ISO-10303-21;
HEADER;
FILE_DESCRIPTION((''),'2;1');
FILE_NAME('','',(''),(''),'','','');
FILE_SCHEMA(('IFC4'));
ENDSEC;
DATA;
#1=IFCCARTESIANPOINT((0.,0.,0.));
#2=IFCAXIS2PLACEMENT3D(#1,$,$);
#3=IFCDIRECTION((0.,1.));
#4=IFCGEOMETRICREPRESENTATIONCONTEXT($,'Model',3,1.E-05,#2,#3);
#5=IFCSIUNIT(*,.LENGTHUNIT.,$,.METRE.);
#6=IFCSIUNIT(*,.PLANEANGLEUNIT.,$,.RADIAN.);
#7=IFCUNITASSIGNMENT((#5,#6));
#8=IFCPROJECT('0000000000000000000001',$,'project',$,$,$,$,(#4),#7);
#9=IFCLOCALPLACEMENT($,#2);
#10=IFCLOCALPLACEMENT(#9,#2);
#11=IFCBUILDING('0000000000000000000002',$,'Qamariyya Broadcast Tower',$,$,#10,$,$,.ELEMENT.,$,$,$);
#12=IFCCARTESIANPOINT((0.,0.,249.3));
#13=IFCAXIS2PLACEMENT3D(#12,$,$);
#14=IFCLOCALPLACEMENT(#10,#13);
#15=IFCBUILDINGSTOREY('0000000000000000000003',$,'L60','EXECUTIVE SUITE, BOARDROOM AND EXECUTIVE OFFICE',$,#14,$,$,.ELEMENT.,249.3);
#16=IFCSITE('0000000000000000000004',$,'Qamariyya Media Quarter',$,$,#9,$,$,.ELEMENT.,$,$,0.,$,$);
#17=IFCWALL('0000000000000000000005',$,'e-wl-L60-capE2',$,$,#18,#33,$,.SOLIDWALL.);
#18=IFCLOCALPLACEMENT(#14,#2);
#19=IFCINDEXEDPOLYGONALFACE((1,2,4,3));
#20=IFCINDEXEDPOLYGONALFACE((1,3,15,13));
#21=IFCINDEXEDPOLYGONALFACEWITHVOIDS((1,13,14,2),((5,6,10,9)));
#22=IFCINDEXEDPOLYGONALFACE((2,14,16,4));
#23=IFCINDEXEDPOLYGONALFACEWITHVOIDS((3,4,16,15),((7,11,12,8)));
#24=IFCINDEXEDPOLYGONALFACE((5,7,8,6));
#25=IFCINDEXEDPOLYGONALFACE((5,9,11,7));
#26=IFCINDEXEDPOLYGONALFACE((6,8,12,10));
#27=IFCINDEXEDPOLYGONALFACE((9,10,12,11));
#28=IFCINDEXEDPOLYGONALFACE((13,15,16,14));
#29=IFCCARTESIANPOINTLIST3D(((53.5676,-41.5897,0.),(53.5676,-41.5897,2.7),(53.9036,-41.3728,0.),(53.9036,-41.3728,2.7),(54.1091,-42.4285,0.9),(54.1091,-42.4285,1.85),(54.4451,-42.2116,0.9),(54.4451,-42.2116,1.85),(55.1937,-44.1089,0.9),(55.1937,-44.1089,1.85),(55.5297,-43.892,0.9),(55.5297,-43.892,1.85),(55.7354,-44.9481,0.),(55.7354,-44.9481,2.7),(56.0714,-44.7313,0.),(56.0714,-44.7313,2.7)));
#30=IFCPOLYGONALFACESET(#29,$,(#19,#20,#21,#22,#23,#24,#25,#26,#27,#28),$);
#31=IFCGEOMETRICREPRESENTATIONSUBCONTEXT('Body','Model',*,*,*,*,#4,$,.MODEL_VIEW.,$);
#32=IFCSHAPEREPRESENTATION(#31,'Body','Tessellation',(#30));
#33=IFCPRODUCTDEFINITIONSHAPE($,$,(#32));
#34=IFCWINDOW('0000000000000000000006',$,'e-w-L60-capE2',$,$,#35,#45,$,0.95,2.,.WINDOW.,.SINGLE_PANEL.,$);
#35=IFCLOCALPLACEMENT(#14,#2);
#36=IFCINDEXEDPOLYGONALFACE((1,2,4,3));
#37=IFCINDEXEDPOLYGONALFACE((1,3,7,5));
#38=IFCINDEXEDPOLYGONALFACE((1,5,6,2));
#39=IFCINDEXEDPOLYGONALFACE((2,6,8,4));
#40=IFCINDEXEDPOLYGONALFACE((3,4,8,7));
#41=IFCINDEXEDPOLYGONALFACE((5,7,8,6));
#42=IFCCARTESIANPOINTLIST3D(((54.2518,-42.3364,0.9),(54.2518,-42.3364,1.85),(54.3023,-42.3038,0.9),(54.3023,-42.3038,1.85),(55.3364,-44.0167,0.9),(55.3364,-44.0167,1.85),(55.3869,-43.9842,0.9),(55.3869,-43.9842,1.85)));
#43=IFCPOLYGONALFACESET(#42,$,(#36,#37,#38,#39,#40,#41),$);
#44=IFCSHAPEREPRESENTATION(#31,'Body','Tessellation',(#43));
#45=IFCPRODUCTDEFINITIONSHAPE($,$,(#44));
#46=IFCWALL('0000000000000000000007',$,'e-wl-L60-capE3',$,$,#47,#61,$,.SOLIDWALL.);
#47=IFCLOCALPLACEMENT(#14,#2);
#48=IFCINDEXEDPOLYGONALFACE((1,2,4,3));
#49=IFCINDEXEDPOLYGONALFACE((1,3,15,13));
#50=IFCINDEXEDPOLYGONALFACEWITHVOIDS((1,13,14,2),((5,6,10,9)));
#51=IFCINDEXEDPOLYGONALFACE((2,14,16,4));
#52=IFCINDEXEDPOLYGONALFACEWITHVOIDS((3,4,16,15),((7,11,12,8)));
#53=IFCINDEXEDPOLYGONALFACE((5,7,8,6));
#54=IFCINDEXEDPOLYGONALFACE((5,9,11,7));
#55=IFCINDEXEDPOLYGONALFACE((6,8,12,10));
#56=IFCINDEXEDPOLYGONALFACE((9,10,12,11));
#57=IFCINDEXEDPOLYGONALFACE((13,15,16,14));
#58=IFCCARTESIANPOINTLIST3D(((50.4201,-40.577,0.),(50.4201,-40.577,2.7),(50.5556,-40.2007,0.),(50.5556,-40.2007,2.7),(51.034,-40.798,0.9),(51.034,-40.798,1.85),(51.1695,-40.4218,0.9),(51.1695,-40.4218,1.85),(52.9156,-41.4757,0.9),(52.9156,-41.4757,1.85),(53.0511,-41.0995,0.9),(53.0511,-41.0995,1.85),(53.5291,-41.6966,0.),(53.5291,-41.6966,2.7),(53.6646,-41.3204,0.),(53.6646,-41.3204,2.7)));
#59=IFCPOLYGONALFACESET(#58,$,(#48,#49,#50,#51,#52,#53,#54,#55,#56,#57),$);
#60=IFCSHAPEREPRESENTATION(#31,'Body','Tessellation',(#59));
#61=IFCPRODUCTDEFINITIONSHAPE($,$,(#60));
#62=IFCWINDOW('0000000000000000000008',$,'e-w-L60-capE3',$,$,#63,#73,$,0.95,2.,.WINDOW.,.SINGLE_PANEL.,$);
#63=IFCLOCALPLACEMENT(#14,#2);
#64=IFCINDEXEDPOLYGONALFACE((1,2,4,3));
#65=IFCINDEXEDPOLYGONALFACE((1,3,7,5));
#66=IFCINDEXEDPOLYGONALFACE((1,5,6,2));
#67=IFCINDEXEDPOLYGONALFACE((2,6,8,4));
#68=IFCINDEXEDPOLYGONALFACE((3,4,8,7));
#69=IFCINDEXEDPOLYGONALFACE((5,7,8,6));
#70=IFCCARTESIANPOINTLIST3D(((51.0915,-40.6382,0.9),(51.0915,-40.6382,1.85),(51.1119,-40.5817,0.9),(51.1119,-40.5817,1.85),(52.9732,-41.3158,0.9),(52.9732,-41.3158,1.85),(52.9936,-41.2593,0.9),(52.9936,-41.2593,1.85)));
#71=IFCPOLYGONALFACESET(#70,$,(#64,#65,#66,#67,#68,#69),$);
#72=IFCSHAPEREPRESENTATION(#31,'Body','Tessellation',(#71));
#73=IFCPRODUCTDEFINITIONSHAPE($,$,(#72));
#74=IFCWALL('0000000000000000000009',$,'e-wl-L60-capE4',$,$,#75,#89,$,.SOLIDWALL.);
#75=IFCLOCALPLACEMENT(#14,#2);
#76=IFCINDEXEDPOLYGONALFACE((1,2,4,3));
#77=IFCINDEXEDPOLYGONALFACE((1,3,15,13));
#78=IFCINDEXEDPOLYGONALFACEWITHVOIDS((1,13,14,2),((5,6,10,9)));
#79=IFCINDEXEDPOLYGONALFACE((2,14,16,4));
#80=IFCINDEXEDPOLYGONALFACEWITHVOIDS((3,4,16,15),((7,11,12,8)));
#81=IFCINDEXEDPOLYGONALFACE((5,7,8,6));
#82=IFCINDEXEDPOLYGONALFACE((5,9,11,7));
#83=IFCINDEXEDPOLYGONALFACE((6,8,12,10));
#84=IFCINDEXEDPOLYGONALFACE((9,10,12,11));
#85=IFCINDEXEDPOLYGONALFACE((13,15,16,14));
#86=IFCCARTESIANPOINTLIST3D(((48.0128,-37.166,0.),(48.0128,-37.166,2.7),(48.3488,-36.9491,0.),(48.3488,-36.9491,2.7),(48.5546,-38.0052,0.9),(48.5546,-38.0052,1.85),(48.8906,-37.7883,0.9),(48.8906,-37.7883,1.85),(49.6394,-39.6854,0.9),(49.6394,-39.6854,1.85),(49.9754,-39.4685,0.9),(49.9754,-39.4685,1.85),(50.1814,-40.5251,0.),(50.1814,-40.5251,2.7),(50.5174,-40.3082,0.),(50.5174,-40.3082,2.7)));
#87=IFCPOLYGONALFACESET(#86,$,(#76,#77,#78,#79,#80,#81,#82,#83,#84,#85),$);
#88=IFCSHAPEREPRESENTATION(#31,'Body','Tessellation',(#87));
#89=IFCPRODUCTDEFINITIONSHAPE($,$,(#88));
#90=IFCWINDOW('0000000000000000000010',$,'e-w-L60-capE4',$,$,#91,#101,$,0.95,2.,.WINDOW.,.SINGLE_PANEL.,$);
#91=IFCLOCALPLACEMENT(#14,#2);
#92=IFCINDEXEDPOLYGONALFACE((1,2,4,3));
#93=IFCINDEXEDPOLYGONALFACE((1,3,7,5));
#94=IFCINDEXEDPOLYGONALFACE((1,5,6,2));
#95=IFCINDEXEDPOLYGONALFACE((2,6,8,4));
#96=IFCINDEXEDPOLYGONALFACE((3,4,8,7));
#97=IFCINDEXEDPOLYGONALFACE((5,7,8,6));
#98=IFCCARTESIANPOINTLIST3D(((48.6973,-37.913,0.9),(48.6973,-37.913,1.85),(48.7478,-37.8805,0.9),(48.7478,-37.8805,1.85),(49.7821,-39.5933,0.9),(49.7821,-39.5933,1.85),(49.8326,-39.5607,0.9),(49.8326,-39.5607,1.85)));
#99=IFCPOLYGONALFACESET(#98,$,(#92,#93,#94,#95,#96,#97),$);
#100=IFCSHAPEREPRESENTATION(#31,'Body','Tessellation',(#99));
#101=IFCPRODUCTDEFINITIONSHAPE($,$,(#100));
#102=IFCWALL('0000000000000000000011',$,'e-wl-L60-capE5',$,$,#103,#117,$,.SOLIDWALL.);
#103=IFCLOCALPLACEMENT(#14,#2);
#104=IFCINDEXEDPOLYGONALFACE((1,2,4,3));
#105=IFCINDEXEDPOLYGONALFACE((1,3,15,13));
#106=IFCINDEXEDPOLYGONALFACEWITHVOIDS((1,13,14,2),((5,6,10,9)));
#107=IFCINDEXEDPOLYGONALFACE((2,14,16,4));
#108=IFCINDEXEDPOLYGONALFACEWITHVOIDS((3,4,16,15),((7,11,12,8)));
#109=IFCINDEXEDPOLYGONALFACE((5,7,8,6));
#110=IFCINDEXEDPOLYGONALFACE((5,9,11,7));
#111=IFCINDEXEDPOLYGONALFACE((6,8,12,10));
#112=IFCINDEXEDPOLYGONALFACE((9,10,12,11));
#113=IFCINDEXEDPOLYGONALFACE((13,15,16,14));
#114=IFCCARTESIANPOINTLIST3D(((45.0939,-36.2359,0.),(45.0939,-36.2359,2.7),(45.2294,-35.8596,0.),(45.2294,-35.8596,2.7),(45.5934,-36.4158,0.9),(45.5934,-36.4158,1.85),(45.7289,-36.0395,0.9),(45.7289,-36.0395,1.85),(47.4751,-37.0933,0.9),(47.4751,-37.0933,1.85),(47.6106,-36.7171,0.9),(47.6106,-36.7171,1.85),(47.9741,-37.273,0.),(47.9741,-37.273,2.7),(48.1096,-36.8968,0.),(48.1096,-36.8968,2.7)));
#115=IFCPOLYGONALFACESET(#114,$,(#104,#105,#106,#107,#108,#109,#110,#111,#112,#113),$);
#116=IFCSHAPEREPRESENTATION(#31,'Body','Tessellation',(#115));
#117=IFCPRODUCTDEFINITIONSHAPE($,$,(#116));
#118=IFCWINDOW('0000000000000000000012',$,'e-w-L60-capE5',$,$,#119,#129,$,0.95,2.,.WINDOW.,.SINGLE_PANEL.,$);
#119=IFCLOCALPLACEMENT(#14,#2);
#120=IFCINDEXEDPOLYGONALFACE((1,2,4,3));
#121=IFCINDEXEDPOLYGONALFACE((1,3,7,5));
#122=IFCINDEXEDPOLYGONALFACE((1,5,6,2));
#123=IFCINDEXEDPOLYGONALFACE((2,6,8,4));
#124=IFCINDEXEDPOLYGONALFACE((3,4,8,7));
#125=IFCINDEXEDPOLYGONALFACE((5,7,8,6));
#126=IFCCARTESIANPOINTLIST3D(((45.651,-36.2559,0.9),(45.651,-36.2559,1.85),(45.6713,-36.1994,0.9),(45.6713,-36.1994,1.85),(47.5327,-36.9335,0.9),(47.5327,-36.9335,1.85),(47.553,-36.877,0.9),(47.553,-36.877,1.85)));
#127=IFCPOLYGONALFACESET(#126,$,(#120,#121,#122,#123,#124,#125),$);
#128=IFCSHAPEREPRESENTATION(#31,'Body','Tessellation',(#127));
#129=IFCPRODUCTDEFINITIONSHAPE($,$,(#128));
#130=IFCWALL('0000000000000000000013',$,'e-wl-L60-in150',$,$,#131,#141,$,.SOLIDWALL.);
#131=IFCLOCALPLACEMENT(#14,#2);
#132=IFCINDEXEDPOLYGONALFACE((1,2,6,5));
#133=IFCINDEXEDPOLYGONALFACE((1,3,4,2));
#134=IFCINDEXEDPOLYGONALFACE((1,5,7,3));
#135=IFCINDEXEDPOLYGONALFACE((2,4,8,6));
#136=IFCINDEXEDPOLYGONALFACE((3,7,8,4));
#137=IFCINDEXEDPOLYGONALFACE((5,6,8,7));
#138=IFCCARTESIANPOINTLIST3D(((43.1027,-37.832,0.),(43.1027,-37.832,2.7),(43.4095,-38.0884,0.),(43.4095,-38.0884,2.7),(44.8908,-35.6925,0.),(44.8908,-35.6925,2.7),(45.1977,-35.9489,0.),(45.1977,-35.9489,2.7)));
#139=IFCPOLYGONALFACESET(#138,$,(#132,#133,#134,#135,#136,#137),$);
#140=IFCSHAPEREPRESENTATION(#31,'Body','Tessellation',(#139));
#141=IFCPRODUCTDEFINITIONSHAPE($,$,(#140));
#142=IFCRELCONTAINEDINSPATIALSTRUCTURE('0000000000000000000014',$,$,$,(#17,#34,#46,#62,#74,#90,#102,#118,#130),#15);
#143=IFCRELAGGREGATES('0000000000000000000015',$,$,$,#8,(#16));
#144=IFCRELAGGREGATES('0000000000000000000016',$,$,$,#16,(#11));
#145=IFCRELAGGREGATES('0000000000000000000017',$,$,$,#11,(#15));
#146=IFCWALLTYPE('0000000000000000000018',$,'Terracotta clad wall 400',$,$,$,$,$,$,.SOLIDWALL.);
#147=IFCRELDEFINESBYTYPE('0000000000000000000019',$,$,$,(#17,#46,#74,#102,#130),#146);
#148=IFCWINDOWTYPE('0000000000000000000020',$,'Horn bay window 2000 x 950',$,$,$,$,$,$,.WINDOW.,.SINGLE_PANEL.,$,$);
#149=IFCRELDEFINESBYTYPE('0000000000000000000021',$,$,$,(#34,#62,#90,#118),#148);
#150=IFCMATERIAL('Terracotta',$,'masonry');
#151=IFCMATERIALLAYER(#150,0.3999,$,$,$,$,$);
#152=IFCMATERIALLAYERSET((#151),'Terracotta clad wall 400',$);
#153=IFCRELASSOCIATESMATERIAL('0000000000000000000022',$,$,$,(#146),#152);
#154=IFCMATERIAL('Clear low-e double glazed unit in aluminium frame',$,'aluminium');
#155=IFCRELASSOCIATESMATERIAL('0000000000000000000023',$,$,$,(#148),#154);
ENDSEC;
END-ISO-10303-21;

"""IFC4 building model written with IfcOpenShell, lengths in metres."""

from ifc_helpers import new_model, si_unit, direction, frame, frame_2d, origin, place, context, subcontext, project, spatial, rectangle, extrude, material, layer, layer_set, type_object, element, fill, save


model = new_model("IFC4")

# Units and contexts
model_context = context("Model", 3, precision=1e-05, world=origin(), true_north=direction((0.0, 1.0)))
body_context = subcontext(model_context, "Body", "Model", "MODEL_VIEW")
ifc_project = project(units=[si_unit("LENGTHUNIT", "METRE"), si_unit("PLANEANGLEUNIT", "RADIAN")], contexts=[model_context])

# Site, building, storey
site_placement = place(None, origin())
site = spatial("IfcSite", under=ifc_project, at=site_placement, Name="Qamariyya Media Quarter", CompositionType="ELEMENT", RefElevation=0.0)
building_placement = place(site_placement, origin())
building = spatial("IfcBuilding", under=site, at=building_placement, Name="Qamariyya Broadcast Tower", CompositionType="ELEMENT")
storey_placement = place(building_placement, frame((0.0, 0.0, 249.3)))
storey = spatial("IfcBuildingStorey", under=building, at=storey_placement, Name="L60", Description="EXECUTIVE SUITE, BOARDROOM AND EXECUTIVE OFFICE", CompositionType="ELEMENT", Elevation=249.3)

# Walls, openings, windows
ifc_material_1 = material(Name="Terracotta", Category="masonry")
ifc_layer_1 = layer(ifc_material_1, 0.3999)
ifc_layer_set_1 = layer_set([ifc_layer_1], Name="Terracotta clad wall 400")
wall_type_1 = type_object("IfcWallType", Name="Terracotta clad wall 400", PredefinedType="SOLIDWALL", material=ifc_layer_set_1)
ifc_material_2 = material(Name="Clear low-e double glazed unit in aluminium frame", Category="aluminium")
window_type = type_object("IfcWindowType", Name="Horn bay window 2000 x 950", PartitioningType="SINGLE_PANEL", PredefinedType="WINDOW", material=ifc_material_2)
wall_1_placement = place(storey_placement, frame((55.9033, -44.8396, 0.0), z_axis=(0.0, 0.0, 1.0), x_axis=(-0.542306, 0.840181, 0.0)))
wall_1 = element("IfcWall", 1, at=wall_1_placement, inside=storey, type_object=wall_type_1, Name="e-wl-L60-capE2", PredefinedType="SOLIDWALL", context=body_context, shape_type="SweptSolid", body=[
    extrude(rectangle(XDim=3.9973, YDim=0.3999, at=frame_2d((1.9985, 0.0))), origin(), (0.0, 0.0, 1.0), 2.7),
])
opening_1_placement = place(wall_1_placement, frame((0.9988, 0.0, 0.8999)))
opening_1 = element("IfcOpeningElement", 2, at=opening_1_placement, cuts=wall_1, PredefinedType="OPENING", context=body_context, shape_type="SweptSolid", body=[
    extrude(rectangle(XDim=2.0, YDim=0.95, at=frame_2d((1.0, 0.4751))), frame((0.0, 0.21, 0.0), z_axis=(0.0, -1.0, 0.0), x_axis=(1.0, 0.0, 0.0)), (0.0, 0.0, 1.0), 0.4199),
])
window_1_placement = place(opening_1_placement, origin())
window_1 = element("IfcWindow", 3, at=window_1_placement, inside=storey, type_object=window_type, Name="e-w-L60-capE2", OverallHeight=0.95, OverallWidth=2.0, PartitioningType="SINGLE_PANEL", PredefinedType="WINDOW", context=body_context, shape_type="SweptSolid", body=[
    extrude(rectangle(XDim=2.0, YDim=0.95, at=frame_2d((1.0, 0.4751))), frame((0.0, 0.03, 0.0), z_axis=(0.0, -1.0, 0.0), x_axis=(1.0, 0.0, 0.0)), (0.0, 0.0, 1.0), 0.0601),
])
fill(opening_1, window_1)
wall_2_placement = place(storey_placement, frame((53.5969, -41.5085, 0.0), z_axis=(0.0, 0.0, 1.0), x_axis=(-0.940846, 0.338835, 0.0)))
wall_2 = element("IfcWall", 4, at=wall_2_placement, inside=storey, type_object=wall_type_1, Name="e-wl-L60-capE3", PredefinedType="SOLIDWALL", context=body_context, shape_type="SweptSolid", body=[
    extrude(rectangle(XDim=3.3044, YDim=0.3999, at=frame_2d((1.6523, 0.0))), origin(), (0.0, 0.0, 1.0), 2.7),
])
opening_2_placement = place(wall_2_placement, frame((0.6521, 0.0, 0.8999)))
opening_2 = element("IfcOpeningElement", 5, at=opening_2_placement, cuts=wall_2, PredefinedType="OPENING", context=body_context, shape_type="SweptSolid", body=[
    extrude(rectangle(XDim=2.0, YDim=0.95, at=frame_2d((1.0, 0.4751))), frame((0.0, 0.21, 0.0), z_axis=(0.0, -1.0, 0.0), x_axis=(1.0, 0.0, 0.0)), (0.0, 0.0, 1.0), 0.4199),
])
window_2_placement = place(opening_2_placement, origin())
window_2 = element("IfcWindow", 6, at=window_2_placement, inside=storey, type_object=window_type, Name="e-w-L60-capE3", OverallHeight=0.95, OverallWidth=2.0, PartitioningType="SINGLE_PANEL", PredefinedType="WINDOW", context=body_context, shape_type="SweptSolid", body=[
    extrude(rectangle(XDim=2.0, YDim=0.95, at=frame_2d((1.0, 0.4751))), frame((0.0, 0.03, 0.0), z_axis=(0.0, -1.0, 0.0), x_axis=(1.0, 0.0, 0.0)), (0.0, 0.0, 1.0), 0.0601),
])
fill(opening_2, window_2)
wall_3_placement = place(storey_placement, frame((50.3494, -40.4165, 0.0), z_axis=(0.0, 0.0, 1.0), x_axis=(-0.542395, 0.840123, 0.0)))
wall_3 = element("IfcWall", 7, at=wall_3_placement, inside=storey, type_object=wall_type_1, Name="e-wl-L60-capE4", PredefinedType="SOLIDWALL", context=body_context, shape_type="SweptSolid", body=[
    extrude(rectangle(XDim=3.9983, YDim=0.3999, at=frame_2d((1.999, 0.0))), origin(), (0.0, 0.0, 1.0), 2.7),
])
opening_3_placement = place(wall_3_placement, frame((0.9993, 0.0, 0.8999)))
opening_3 = element("IfcOpeningElement", 8, at=opening_3_placement, cuts=wall_3, PredefinedType="OPENING", context=body_context, shape_type="SweptSolid", body=[
    extrude(rectangle(XDim=2.0, YDim=0.95, at=frame_2d((1.0, 0.4751))), frame((0.0, 0.21, 0.0), z_axis=(0.0, -1.0, 0.0), x_axis=(1.0, 0.0, 0.0)), (0.0, 0.0, 1.0), 0.4199),
])
window_3_placement = place(opening_3_placement, origin())
window_3 = element("IfcWindow", 9, at=window_3_placement, inside=storey, type_object=window_type, Name="e-w-L60-capE4", OverallHeight=0.95, OverallWidth=2.0, PartitioningType="SINGLE_PANEL", PredefinedType="WINDOW", context=body_context, shape_type="SweptSolid", body=[
    extrude(rectangle(XDim=2.0, YDim=0.95, at=frame_2d((1.0, 0.4751))), frame((0.0, 0.03, 0.0), z_axis=(0.0, -1.0, 0.0), x_axis=(1.0, 0.0, 0.0)), (0.0, 0.0, 1.0), 0.0601),
])
fill(opening_3, window_3)
wall_4_placement = place(storey_placement, frame((48.042, -37.085, 0.0), z_axis=(0.0, 0.0, 1.0), x_axis=(-0.94086, 0.338796, 0.0)))
wall_4 = element("IfcWall", 10, at=wall_4_placement, inside=storey, type_object=wall_type_1, Name="e-wl-L60-capE5", PredefinedType="SOLIDWALL", context=body_context, shape_type="SweptSolid", body=[
    extrude(rectangle(XDim=3.0613, YDim=0.3999, at=frame_2d((1.5308, 0.0))), origin(), (0.0, 0.0, 1.0), 2.7),
])
opening_4_placement = place(wall_4_placement, frame((0.5305, 0.0, 0.8999)))
opening_4 = element("IfcOpeningElement", 11, at=opening_4_placement, cuts=wall_4, PredefinedType="OPENING", context=body_context, shape_type="SweptSolid", body=[
    extrude(rectangle(XDim=2.0, YDim=0.95, at=frame_2d((1.0, 0.4751))), frame((0.0, 0.21, 0.0), z_axis=(0.0, -1.0, 0.0), x_axis=(1.0, 0.0, 0.0)), (0.0, 0.0, 1.0), 0.4199),
])
window_4_placement = place(opening_4_placement, origin())
window_4 = element("IfcWindow", 12, at=window_4_placement, inside=storey, type_object=window_type, Name="e-w-L60-capE5", OverallHeight=0.95, OverallWidth=2.0, PartitioningType="SINGLE_PANEL", PredefinedType="WINDOW", context=body_context, shape_type="SweptSolid", body=[
    extrude(rectangle(XDim=2.0, YDim=0.95, at=frame_2d((1.0, 0.4751))), frame((0.0, 0.03, 0.0), z_axis=(0.0, -1.0, 0.0), x_axis=(1.0, 0.0, 0.0)), (0.0, 0.0, 1.0), 0.0601),
])
fill(opening_4, window_4)

# Wall
wall_5_placement = place(storey_placement, frame((45.0442, -35.8208, 0.0), z_axis=(0.0, 0.0, 1.0), x_axis=(-0.641295, -0.767295, 0.0)))
element("IfcWall", 13, at=wall_5_placement, inside=storey, type_object=wall_type_1, Name="e-wl-L60-in150", PredefinedType="SOLIDWALL", context=body_context, shape_type="SweptSolid", body=[
    extrude(rectangle(XDim=2.7883, YDim=0.3999, at=frame_2d((1.394, 0.0))), origin(), (0.0, 0.0, 1.0), 2.7),
])

save(model, "model.ifc")
